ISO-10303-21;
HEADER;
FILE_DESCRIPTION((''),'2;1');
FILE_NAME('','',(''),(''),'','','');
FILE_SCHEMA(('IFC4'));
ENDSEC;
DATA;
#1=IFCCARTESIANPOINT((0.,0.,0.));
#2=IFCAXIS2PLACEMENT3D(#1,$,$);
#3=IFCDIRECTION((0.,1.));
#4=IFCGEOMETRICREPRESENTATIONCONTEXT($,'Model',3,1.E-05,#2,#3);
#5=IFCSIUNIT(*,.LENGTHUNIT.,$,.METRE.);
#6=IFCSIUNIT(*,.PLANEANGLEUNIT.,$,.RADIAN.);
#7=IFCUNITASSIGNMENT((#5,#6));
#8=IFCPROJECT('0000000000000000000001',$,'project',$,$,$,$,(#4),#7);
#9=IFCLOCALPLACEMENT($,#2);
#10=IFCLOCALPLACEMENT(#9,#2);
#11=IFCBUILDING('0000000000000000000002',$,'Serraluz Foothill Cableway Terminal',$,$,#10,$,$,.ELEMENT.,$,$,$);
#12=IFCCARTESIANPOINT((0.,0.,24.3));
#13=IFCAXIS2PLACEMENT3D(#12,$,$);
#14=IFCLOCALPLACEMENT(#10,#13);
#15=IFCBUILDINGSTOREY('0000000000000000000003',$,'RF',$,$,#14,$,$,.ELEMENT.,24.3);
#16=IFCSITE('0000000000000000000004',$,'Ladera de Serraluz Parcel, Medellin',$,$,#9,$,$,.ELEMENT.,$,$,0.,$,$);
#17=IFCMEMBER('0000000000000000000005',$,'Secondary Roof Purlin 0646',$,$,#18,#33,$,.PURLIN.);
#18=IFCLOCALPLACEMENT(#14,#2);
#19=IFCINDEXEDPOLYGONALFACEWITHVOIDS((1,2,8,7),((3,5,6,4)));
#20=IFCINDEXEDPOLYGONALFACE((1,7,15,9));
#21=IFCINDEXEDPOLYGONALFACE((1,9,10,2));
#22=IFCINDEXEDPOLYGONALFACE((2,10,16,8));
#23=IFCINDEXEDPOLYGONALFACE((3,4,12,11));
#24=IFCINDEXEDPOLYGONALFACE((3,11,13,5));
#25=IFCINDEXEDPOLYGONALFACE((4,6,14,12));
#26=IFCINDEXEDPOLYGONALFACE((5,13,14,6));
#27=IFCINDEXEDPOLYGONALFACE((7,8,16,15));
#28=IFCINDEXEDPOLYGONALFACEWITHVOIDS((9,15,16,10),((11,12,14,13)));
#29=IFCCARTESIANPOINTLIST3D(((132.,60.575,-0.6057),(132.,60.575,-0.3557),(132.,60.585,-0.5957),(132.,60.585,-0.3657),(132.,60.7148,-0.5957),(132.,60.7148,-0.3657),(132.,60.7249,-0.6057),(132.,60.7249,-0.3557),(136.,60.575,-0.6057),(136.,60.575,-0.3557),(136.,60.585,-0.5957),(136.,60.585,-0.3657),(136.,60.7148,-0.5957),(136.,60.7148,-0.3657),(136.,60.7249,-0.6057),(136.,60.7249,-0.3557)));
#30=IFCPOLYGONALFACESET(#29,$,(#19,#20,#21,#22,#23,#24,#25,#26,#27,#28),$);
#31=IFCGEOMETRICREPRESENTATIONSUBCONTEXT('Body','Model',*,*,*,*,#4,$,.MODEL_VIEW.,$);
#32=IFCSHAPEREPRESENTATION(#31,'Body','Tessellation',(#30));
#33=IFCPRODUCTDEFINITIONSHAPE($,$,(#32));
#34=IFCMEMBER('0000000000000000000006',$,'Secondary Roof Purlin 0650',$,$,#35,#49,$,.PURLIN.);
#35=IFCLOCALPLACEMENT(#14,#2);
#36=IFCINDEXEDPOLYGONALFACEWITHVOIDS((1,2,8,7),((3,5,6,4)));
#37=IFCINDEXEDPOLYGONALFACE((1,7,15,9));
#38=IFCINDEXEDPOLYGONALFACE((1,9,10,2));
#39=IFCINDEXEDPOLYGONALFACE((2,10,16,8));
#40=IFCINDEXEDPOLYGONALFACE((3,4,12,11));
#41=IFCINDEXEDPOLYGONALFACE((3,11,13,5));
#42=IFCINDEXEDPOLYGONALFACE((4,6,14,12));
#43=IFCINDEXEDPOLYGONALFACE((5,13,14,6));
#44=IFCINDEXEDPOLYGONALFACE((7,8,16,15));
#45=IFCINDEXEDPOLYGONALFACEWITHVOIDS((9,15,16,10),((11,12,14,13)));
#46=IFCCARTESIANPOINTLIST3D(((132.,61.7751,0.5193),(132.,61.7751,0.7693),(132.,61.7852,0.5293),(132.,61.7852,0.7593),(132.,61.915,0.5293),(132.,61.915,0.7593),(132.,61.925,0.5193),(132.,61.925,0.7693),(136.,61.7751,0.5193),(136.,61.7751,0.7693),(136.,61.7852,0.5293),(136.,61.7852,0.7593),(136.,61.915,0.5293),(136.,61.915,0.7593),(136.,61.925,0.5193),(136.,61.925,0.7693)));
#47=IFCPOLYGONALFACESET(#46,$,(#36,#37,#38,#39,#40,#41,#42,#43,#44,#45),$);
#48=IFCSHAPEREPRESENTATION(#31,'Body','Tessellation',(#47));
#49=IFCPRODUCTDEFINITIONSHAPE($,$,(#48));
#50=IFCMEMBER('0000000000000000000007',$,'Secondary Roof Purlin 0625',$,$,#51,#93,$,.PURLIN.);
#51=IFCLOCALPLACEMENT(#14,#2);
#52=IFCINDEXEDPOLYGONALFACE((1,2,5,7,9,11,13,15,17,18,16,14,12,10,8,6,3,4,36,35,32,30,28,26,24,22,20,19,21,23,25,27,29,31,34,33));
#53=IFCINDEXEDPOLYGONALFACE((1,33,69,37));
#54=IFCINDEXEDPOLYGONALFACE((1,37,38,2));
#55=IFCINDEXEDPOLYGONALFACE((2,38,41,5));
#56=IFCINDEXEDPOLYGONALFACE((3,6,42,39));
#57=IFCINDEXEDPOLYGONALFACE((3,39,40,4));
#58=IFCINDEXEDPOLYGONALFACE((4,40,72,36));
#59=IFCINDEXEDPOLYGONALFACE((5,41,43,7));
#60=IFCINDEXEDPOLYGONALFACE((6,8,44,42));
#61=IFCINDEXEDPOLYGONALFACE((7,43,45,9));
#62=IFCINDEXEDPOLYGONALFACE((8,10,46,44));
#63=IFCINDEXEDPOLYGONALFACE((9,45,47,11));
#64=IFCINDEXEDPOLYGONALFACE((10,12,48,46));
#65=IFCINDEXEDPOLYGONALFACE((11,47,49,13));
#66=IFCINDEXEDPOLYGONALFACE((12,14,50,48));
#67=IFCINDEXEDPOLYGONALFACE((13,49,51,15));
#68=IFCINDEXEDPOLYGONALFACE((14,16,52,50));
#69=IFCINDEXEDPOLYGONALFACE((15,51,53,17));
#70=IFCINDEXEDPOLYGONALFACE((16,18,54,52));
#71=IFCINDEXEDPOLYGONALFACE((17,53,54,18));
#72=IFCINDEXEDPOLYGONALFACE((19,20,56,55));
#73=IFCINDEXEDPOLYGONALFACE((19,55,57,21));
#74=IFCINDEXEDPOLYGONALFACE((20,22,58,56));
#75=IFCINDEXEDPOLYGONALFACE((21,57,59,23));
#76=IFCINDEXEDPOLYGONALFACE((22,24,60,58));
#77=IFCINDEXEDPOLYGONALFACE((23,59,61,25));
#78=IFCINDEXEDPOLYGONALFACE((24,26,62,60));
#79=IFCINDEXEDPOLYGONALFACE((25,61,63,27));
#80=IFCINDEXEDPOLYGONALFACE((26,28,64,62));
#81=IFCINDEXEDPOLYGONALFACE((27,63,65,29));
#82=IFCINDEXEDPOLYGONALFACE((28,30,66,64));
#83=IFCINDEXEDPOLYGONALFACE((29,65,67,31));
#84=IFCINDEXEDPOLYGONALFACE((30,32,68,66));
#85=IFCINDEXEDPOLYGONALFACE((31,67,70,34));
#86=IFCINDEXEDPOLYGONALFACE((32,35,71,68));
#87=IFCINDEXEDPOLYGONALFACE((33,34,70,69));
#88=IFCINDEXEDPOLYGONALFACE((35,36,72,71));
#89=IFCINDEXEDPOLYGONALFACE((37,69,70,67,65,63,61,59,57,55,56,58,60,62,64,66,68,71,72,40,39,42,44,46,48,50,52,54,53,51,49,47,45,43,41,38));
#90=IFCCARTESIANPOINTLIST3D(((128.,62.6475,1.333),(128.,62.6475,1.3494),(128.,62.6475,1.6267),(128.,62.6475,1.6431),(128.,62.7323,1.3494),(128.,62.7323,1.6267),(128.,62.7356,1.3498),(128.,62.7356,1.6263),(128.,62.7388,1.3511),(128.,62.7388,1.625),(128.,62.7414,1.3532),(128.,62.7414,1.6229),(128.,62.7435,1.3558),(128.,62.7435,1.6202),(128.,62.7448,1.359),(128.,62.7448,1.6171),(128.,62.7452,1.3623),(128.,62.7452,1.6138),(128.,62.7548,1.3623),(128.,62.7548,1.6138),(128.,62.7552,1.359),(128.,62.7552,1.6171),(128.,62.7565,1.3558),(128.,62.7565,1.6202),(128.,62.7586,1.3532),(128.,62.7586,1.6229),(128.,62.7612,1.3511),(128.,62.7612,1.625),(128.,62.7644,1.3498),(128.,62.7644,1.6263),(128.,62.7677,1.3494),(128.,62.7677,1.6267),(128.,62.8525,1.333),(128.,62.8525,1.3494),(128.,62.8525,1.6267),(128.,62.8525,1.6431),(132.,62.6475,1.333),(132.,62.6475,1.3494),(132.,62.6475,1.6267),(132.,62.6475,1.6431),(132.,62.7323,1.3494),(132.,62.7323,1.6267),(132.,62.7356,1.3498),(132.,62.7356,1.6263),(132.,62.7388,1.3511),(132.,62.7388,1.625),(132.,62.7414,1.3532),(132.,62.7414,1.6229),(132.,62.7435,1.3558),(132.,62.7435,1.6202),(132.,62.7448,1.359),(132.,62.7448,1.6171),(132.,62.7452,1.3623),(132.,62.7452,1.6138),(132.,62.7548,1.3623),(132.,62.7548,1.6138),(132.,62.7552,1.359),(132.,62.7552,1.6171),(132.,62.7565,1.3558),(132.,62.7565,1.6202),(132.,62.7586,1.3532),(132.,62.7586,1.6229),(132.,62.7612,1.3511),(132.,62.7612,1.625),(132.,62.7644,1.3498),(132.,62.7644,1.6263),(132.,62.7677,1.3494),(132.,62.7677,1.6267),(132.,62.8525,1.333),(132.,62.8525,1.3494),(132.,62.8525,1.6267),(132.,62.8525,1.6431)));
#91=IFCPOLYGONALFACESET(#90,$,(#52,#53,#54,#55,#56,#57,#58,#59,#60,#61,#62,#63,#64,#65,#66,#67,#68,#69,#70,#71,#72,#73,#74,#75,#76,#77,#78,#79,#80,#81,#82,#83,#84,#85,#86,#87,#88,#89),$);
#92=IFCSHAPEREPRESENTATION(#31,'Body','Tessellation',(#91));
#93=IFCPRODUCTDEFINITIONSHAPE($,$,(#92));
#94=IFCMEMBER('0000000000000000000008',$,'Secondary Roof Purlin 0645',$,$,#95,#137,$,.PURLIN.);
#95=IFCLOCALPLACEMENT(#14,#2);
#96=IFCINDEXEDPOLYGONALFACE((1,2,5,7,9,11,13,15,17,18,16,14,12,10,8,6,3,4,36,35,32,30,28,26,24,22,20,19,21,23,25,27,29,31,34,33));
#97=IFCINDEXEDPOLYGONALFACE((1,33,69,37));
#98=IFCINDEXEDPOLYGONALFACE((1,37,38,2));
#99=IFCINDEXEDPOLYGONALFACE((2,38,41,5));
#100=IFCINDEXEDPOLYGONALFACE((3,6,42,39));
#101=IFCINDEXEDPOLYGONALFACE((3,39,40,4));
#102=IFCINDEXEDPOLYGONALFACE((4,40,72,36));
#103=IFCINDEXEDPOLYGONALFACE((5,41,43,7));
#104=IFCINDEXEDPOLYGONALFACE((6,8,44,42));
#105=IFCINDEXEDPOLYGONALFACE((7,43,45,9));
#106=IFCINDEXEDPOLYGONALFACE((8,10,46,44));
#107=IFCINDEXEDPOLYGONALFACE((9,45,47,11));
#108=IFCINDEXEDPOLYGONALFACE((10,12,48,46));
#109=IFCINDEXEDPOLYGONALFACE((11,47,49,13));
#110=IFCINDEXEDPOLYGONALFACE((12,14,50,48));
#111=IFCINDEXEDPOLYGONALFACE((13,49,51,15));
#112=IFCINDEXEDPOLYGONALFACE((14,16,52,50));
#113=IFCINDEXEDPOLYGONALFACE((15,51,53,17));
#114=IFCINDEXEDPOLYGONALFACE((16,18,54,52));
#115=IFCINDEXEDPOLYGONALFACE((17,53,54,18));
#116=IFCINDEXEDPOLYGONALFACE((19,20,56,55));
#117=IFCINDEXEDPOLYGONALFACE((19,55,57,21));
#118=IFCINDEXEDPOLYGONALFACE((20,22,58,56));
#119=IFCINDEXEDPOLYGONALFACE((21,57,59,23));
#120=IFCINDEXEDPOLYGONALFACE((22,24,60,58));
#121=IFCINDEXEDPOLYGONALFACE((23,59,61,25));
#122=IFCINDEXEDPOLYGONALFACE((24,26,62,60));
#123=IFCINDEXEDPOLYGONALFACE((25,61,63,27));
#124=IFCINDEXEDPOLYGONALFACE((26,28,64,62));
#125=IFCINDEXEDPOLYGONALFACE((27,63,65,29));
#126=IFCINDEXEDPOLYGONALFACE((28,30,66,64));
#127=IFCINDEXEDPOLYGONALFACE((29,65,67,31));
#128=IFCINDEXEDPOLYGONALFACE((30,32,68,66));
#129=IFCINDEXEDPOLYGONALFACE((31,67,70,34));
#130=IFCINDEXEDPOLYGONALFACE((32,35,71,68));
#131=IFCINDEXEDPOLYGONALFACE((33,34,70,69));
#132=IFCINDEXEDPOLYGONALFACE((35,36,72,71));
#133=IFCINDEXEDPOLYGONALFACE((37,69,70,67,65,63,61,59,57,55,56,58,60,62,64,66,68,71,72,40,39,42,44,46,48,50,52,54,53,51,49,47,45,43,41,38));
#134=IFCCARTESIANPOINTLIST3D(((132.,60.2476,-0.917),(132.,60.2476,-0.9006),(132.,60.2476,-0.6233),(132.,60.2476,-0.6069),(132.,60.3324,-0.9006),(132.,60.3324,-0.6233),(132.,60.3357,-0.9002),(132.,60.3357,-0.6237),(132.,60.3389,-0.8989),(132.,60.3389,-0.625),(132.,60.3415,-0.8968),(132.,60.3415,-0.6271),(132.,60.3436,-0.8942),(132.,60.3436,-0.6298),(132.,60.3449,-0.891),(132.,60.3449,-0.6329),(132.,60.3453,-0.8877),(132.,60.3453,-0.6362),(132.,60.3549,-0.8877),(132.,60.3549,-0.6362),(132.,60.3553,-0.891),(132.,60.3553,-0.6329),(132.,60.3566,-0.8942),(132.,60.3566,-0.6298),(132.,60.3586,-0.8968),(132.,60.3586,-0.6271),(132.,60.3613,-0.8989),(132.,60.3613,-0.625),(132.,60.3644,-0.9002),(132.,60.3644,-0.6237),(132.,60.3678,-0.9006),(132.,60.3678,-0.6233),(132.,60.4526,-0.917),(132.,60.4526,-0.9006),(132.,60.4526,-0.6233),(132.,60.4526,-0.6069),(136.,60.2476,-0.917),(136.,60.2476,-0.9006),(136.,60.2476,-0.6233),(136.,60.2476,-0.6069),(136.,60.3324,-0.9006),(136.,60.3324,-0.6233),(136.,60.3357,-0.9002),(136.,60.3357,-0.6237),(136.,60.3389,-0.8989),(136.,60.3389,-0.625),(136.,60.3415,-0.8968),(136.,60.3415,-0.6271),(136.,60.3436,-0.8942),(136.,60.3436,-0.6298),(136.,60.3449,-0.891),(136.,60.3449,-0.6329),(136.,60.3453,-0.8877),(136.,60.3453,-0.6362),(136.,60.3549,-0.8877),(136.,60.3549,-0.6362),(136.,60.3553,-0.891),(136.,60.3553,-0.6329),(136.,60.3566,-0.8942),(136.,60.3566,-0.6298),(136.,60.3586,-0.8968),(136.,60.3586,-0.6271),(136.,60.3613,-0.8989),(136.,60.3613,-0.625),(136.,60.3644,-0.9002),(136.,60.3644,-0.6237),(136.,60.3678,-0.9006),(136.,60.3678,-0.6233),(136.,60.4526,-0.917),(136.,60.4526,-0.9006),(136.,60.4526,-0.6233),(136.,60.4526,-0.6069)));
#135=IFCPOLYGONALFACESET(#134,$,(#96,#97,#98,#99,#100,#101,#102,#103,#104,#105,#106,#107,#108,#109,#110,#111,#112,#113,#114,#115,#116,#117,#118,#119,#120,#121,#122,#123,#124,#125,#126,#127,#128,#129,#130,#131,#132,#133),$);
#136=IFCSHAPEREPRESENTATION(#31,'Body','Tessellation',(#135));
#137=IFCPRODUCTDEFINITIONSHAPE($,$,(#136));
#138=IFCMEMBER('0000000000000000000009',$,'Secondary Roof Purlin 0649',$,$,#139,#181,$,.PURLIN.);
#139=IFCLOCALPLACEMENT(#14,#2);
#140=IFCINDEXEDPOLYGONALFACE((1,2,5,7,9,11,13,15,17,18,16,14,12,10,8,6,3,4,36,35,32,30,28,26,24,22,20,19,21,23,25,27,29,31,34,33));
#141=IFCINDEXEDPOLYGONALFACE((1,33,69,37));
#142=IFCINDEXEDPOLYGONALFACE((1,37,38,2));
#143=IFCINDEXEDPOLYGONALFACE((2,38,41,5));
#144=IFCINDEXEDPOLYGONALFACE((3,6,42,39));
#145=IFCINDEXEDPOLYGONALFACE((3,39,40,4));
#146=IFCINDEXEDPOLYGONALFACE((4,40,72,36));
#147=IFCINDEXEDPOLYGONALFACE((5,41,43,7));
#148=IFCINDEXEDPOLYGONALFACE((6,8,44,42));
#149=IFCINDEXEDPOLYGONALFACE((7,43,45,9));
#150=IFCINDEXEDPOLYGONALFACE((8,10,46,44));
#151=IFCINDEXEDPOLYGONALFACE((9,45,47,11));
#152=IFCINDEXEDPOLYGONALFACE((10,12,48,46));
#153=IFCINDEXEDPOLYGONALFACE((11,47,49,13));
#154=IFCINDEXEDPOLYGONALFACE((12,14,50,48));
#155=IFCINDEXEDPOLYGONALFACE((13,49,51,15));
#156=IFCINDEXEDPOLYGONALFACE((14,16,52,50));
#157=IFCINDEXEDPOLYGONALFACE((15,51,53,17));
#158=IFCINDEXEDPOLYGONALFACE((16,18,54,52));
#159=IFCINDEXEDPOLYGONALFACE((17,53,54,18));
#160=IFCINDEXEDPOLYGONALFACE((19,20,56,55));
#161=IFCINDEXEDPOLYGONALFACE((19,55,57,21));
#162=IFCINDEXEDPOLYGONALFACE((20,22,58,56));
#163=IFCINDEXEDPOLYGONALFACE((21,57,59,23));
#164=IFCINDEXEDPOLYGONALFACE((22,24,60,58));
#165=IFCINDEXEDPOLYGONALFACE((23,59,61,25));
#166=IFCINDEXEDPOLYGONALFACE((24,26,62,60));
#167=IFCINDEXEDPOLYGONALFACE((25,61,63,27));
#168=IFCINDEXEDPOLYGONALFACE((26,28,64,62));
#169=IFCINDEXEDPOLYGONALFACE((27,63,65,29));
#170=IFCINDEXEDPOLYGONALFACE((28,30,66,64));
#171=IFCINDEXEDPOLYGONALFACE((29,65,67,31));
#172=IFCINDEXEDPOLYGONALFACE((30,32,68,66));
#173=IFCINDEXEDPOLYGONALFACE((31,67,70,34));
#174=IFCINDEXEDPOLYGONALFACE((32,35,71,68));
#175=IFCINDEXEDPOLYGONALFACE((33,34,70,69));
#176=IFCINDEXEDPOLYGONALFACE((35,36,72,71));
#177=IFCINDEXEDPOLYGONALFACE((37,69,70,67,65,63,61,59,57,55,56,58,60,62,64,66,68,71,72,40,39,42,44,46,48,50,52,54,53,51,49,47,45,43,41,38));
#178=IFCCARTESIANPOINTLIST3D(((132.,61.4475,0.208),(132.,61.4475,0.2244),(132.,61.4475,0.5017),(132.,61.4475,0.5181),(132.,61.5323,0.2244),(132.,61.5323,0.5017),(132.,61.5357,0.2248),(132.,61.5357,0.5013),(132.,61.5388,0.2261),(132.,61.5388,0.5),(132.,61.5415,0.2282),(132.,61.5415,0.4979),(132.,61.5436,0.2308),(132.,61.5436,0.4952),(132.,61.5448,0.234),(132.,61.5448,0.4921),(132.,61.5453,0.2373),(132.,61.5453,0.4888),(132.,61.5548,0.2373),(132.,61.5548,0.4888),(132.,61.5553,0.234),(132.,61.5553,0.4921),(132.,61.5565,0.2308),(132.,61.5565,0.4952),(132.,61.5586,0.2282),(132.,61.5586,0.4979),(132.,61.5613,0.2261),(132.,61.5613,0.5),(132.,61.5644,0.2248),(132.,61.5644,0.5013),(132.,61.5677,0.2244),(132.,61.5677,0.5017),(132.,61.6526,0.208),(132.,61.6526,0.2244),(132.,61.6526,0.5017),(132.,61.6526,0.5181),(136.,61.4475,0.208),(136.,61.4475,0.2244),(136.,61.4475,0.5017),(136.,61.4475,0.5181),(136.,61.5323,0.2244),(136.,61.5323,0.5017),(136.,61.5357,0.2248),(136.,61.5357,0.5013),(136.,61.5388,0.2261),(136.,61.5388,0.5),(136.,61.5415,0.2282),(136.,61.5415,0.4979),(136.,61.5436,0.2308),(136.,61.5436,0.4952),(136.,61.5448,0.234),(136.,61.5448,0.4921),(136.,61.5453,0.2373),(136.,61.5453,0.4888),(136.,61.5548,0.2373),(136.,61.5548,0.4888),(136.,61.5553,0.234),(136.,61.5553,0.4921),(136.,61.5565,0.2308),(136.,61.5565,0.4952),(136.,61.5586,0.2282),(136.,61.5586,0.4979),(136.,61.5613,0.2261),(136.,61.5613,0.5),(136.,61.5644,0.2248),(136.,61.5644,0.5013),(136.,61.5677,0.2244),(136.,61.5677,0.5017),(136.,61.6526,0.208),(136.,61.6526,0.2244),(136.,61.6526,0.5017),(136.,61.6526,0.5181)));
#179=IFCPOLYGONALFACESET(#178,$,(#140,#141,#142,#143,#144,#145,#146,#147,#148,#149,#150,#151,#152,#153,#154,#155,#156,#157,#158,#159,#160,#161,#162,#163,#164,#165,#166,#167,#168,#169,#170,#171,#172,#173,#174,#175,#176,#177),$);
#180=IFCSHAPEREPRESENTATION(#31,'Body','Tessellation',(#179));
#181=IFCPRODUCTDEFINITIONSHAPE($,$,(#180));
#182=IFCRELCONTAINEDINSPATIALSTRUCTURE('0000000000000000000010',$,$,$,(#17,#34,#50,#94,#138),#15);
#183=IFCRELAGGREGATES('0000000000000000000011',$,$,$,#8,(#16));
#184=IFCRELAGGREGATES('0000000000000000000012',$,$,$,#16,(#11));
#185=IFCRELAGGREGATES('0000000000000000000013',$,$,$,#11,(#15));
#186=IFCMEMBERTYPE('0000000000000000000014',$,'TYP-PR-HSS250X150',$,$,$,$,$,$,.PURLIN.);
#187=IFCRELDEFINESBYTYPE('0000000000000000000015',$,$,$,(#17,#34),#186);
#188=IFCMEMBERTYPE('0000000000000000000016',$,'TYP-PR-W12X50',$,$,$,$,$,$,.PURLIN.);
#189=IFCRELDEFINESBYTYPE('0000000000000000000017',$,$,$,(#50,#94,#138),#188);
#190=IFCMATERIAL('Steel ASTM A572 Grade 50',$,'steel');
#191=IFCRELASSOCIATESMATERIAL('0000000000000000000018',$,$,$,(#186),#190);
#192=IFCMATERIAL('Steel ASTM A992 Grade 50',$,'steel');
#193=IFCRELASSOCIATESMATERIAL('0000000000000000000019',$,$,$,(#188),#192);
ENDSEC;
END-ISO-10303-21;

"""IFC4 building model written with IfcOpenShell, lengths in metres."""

from ifc_helpers import new_model, si_unit, direction, frame, origin, origin_2d, place, context, subcontext, project, spatial, hollow_rectangle, i_section, extrude, material, material_profile, profile_set, type_object, element, save


model = new_model("IFC4")

# Units and contexts
model_context = context("Model", 3, precision=1e-05, world=origin(), true_north=direction((0.0, 1.0)))
body_context = subcontext(model_context, "Body", "Model", "MODEL_VIEW")
ifc_project = project(units=[si_unit("LENGTHUNIT", "METRE"), si_unit("PLANEANGLEUNIT", "RADIAN")], contexts=[model_context])

# Site, building, storey
site_placement = place(None, origin())
site = spatial("IfcSite", under=ifc_project, at=site_placement, Name="Ladera de Serraluz Parcel, Medellin", CompositionType="ELEMENT", RefElevation=0.0)
building_placement = place(site_placement, origin())
building = spatial("IfcBuilding", under=site, at=building_placement, Name="Serraluz Foothill Cableway Terminal", CompositionType="ELEMENT")
storey_placement = place(building_placement, frame((0.0, 0.0, 24.3)))
storey = spatial("IfcBuildingStorey", under=building, at=storey_placement, Name="RF", CompositionType="ELEMENT", Elevation=24.3)

# Members
ifc_material_1 = material(Name="Steel ASTM A572 Grade 50", Category="steel")
ifc_material_profile_1 = material_profile(ifc_material_1, hollow_rectangle(XDim=0.1499, YDim=0.25, WallThickness=0.01, at=origin_2d()), Name="HSS250X150X10")
ifc_profile_set_1 = profile_set([ifc_material_profile_1], Name="Steel ASTM A572 Grade 50")
member_type_1 = type_object("IfcMemberType", Name="TYP-PR-HSS250X150", PredefinedType="PURLIN", material=ifc_profile_set_1)
for number, where, z_axis, x_axis, name in (
    (1, (132.0, 60.6499, -0.4807), (1.0, 0.0, 0.0), (0.0, 1.0, 0.0), "Secondary Roof Purlin 0646"),
    (2, (132.0, 61.8501, 0.6443), (1.0, 0.0, 0.0), (0.0, 1.0, 0.0), "Secondary Roof Purlin 0650"),
):
    element("IfcMember", number, at=place(storey_placement, frame(where, z_axis=z_axis, x_axis=x_axis)), inside=storey, type_object=member_type_1, Name=name, PredefinedType="PURLIN", context=body_context, shape_type="SweptSolid", body=[
        extrude(hollow_rectangle(XDim=0.1499, YDim=0.25, WallThickness=0.01, at=origin_2d()), origin(), (0.0, 0.0, 1.0), 4.0),
    ])
ifc_material_2 = material(Name="Steel ASTM A992 Grade 50", Category="steel")
ifc_material_profile_2 = material_profile(ifc_material_2, i_section(OverallWidth=0.2051, OverallDepth=0.3101, WebThickness=0.0095, FlangeThickness=0.0164, FilletRadius=0.0129, at=origin_2d()), Name="W12X50")
ifc_profile_set_2 = profile_set([ifc_material_profile_2], Name="Steel ASTM A992 Grade 50")
member_type_2 = type_object("IfcMemberType", Name="TYP-PR-W12X50", PredefinedType="PURLIN", material=ifc_profile_set_2)
for number, where, z_axis, x_axis, name in (
    (3, (128.0, 62.75, 1.488), (1.0, 0.0, 0.0), (0.0, 1.0, 0.0), "Secondary Roof Purlin 0625"),
    (4, (132.0, 60.3501, -0.762), (1.0, 0.0, 0.0), (0.0, 1.0, 0.0), "Secondary Roof Purlin 0645"),
    (5, (132.0, 61.55, 0.363), (1.0, 0.0, 0.0), (0.0, 1.0, 0.0), "Secondary Roof Purlin 0649"),
):
    element("IfcMember", number, at=place(storey_placement, frame(where, z_axis=z_axis, x_axis=x_axis)), inside=storey, type_object=member_type_2, Name=name, PredefinedType="PURLIN", context=body_context, shape_type="SweptSolid", body=[
        extrude(i_section(OverallWidth=0.2051, OverallDepth=0.3101, WebThickness=0.0095, FlangeThickness=0.0164, FilletRadius=0.0129, at=origin_2d()), origin(), (0.0, 0.0, 1.0), 4.0),
    ])

save(model, "model.ifc")
